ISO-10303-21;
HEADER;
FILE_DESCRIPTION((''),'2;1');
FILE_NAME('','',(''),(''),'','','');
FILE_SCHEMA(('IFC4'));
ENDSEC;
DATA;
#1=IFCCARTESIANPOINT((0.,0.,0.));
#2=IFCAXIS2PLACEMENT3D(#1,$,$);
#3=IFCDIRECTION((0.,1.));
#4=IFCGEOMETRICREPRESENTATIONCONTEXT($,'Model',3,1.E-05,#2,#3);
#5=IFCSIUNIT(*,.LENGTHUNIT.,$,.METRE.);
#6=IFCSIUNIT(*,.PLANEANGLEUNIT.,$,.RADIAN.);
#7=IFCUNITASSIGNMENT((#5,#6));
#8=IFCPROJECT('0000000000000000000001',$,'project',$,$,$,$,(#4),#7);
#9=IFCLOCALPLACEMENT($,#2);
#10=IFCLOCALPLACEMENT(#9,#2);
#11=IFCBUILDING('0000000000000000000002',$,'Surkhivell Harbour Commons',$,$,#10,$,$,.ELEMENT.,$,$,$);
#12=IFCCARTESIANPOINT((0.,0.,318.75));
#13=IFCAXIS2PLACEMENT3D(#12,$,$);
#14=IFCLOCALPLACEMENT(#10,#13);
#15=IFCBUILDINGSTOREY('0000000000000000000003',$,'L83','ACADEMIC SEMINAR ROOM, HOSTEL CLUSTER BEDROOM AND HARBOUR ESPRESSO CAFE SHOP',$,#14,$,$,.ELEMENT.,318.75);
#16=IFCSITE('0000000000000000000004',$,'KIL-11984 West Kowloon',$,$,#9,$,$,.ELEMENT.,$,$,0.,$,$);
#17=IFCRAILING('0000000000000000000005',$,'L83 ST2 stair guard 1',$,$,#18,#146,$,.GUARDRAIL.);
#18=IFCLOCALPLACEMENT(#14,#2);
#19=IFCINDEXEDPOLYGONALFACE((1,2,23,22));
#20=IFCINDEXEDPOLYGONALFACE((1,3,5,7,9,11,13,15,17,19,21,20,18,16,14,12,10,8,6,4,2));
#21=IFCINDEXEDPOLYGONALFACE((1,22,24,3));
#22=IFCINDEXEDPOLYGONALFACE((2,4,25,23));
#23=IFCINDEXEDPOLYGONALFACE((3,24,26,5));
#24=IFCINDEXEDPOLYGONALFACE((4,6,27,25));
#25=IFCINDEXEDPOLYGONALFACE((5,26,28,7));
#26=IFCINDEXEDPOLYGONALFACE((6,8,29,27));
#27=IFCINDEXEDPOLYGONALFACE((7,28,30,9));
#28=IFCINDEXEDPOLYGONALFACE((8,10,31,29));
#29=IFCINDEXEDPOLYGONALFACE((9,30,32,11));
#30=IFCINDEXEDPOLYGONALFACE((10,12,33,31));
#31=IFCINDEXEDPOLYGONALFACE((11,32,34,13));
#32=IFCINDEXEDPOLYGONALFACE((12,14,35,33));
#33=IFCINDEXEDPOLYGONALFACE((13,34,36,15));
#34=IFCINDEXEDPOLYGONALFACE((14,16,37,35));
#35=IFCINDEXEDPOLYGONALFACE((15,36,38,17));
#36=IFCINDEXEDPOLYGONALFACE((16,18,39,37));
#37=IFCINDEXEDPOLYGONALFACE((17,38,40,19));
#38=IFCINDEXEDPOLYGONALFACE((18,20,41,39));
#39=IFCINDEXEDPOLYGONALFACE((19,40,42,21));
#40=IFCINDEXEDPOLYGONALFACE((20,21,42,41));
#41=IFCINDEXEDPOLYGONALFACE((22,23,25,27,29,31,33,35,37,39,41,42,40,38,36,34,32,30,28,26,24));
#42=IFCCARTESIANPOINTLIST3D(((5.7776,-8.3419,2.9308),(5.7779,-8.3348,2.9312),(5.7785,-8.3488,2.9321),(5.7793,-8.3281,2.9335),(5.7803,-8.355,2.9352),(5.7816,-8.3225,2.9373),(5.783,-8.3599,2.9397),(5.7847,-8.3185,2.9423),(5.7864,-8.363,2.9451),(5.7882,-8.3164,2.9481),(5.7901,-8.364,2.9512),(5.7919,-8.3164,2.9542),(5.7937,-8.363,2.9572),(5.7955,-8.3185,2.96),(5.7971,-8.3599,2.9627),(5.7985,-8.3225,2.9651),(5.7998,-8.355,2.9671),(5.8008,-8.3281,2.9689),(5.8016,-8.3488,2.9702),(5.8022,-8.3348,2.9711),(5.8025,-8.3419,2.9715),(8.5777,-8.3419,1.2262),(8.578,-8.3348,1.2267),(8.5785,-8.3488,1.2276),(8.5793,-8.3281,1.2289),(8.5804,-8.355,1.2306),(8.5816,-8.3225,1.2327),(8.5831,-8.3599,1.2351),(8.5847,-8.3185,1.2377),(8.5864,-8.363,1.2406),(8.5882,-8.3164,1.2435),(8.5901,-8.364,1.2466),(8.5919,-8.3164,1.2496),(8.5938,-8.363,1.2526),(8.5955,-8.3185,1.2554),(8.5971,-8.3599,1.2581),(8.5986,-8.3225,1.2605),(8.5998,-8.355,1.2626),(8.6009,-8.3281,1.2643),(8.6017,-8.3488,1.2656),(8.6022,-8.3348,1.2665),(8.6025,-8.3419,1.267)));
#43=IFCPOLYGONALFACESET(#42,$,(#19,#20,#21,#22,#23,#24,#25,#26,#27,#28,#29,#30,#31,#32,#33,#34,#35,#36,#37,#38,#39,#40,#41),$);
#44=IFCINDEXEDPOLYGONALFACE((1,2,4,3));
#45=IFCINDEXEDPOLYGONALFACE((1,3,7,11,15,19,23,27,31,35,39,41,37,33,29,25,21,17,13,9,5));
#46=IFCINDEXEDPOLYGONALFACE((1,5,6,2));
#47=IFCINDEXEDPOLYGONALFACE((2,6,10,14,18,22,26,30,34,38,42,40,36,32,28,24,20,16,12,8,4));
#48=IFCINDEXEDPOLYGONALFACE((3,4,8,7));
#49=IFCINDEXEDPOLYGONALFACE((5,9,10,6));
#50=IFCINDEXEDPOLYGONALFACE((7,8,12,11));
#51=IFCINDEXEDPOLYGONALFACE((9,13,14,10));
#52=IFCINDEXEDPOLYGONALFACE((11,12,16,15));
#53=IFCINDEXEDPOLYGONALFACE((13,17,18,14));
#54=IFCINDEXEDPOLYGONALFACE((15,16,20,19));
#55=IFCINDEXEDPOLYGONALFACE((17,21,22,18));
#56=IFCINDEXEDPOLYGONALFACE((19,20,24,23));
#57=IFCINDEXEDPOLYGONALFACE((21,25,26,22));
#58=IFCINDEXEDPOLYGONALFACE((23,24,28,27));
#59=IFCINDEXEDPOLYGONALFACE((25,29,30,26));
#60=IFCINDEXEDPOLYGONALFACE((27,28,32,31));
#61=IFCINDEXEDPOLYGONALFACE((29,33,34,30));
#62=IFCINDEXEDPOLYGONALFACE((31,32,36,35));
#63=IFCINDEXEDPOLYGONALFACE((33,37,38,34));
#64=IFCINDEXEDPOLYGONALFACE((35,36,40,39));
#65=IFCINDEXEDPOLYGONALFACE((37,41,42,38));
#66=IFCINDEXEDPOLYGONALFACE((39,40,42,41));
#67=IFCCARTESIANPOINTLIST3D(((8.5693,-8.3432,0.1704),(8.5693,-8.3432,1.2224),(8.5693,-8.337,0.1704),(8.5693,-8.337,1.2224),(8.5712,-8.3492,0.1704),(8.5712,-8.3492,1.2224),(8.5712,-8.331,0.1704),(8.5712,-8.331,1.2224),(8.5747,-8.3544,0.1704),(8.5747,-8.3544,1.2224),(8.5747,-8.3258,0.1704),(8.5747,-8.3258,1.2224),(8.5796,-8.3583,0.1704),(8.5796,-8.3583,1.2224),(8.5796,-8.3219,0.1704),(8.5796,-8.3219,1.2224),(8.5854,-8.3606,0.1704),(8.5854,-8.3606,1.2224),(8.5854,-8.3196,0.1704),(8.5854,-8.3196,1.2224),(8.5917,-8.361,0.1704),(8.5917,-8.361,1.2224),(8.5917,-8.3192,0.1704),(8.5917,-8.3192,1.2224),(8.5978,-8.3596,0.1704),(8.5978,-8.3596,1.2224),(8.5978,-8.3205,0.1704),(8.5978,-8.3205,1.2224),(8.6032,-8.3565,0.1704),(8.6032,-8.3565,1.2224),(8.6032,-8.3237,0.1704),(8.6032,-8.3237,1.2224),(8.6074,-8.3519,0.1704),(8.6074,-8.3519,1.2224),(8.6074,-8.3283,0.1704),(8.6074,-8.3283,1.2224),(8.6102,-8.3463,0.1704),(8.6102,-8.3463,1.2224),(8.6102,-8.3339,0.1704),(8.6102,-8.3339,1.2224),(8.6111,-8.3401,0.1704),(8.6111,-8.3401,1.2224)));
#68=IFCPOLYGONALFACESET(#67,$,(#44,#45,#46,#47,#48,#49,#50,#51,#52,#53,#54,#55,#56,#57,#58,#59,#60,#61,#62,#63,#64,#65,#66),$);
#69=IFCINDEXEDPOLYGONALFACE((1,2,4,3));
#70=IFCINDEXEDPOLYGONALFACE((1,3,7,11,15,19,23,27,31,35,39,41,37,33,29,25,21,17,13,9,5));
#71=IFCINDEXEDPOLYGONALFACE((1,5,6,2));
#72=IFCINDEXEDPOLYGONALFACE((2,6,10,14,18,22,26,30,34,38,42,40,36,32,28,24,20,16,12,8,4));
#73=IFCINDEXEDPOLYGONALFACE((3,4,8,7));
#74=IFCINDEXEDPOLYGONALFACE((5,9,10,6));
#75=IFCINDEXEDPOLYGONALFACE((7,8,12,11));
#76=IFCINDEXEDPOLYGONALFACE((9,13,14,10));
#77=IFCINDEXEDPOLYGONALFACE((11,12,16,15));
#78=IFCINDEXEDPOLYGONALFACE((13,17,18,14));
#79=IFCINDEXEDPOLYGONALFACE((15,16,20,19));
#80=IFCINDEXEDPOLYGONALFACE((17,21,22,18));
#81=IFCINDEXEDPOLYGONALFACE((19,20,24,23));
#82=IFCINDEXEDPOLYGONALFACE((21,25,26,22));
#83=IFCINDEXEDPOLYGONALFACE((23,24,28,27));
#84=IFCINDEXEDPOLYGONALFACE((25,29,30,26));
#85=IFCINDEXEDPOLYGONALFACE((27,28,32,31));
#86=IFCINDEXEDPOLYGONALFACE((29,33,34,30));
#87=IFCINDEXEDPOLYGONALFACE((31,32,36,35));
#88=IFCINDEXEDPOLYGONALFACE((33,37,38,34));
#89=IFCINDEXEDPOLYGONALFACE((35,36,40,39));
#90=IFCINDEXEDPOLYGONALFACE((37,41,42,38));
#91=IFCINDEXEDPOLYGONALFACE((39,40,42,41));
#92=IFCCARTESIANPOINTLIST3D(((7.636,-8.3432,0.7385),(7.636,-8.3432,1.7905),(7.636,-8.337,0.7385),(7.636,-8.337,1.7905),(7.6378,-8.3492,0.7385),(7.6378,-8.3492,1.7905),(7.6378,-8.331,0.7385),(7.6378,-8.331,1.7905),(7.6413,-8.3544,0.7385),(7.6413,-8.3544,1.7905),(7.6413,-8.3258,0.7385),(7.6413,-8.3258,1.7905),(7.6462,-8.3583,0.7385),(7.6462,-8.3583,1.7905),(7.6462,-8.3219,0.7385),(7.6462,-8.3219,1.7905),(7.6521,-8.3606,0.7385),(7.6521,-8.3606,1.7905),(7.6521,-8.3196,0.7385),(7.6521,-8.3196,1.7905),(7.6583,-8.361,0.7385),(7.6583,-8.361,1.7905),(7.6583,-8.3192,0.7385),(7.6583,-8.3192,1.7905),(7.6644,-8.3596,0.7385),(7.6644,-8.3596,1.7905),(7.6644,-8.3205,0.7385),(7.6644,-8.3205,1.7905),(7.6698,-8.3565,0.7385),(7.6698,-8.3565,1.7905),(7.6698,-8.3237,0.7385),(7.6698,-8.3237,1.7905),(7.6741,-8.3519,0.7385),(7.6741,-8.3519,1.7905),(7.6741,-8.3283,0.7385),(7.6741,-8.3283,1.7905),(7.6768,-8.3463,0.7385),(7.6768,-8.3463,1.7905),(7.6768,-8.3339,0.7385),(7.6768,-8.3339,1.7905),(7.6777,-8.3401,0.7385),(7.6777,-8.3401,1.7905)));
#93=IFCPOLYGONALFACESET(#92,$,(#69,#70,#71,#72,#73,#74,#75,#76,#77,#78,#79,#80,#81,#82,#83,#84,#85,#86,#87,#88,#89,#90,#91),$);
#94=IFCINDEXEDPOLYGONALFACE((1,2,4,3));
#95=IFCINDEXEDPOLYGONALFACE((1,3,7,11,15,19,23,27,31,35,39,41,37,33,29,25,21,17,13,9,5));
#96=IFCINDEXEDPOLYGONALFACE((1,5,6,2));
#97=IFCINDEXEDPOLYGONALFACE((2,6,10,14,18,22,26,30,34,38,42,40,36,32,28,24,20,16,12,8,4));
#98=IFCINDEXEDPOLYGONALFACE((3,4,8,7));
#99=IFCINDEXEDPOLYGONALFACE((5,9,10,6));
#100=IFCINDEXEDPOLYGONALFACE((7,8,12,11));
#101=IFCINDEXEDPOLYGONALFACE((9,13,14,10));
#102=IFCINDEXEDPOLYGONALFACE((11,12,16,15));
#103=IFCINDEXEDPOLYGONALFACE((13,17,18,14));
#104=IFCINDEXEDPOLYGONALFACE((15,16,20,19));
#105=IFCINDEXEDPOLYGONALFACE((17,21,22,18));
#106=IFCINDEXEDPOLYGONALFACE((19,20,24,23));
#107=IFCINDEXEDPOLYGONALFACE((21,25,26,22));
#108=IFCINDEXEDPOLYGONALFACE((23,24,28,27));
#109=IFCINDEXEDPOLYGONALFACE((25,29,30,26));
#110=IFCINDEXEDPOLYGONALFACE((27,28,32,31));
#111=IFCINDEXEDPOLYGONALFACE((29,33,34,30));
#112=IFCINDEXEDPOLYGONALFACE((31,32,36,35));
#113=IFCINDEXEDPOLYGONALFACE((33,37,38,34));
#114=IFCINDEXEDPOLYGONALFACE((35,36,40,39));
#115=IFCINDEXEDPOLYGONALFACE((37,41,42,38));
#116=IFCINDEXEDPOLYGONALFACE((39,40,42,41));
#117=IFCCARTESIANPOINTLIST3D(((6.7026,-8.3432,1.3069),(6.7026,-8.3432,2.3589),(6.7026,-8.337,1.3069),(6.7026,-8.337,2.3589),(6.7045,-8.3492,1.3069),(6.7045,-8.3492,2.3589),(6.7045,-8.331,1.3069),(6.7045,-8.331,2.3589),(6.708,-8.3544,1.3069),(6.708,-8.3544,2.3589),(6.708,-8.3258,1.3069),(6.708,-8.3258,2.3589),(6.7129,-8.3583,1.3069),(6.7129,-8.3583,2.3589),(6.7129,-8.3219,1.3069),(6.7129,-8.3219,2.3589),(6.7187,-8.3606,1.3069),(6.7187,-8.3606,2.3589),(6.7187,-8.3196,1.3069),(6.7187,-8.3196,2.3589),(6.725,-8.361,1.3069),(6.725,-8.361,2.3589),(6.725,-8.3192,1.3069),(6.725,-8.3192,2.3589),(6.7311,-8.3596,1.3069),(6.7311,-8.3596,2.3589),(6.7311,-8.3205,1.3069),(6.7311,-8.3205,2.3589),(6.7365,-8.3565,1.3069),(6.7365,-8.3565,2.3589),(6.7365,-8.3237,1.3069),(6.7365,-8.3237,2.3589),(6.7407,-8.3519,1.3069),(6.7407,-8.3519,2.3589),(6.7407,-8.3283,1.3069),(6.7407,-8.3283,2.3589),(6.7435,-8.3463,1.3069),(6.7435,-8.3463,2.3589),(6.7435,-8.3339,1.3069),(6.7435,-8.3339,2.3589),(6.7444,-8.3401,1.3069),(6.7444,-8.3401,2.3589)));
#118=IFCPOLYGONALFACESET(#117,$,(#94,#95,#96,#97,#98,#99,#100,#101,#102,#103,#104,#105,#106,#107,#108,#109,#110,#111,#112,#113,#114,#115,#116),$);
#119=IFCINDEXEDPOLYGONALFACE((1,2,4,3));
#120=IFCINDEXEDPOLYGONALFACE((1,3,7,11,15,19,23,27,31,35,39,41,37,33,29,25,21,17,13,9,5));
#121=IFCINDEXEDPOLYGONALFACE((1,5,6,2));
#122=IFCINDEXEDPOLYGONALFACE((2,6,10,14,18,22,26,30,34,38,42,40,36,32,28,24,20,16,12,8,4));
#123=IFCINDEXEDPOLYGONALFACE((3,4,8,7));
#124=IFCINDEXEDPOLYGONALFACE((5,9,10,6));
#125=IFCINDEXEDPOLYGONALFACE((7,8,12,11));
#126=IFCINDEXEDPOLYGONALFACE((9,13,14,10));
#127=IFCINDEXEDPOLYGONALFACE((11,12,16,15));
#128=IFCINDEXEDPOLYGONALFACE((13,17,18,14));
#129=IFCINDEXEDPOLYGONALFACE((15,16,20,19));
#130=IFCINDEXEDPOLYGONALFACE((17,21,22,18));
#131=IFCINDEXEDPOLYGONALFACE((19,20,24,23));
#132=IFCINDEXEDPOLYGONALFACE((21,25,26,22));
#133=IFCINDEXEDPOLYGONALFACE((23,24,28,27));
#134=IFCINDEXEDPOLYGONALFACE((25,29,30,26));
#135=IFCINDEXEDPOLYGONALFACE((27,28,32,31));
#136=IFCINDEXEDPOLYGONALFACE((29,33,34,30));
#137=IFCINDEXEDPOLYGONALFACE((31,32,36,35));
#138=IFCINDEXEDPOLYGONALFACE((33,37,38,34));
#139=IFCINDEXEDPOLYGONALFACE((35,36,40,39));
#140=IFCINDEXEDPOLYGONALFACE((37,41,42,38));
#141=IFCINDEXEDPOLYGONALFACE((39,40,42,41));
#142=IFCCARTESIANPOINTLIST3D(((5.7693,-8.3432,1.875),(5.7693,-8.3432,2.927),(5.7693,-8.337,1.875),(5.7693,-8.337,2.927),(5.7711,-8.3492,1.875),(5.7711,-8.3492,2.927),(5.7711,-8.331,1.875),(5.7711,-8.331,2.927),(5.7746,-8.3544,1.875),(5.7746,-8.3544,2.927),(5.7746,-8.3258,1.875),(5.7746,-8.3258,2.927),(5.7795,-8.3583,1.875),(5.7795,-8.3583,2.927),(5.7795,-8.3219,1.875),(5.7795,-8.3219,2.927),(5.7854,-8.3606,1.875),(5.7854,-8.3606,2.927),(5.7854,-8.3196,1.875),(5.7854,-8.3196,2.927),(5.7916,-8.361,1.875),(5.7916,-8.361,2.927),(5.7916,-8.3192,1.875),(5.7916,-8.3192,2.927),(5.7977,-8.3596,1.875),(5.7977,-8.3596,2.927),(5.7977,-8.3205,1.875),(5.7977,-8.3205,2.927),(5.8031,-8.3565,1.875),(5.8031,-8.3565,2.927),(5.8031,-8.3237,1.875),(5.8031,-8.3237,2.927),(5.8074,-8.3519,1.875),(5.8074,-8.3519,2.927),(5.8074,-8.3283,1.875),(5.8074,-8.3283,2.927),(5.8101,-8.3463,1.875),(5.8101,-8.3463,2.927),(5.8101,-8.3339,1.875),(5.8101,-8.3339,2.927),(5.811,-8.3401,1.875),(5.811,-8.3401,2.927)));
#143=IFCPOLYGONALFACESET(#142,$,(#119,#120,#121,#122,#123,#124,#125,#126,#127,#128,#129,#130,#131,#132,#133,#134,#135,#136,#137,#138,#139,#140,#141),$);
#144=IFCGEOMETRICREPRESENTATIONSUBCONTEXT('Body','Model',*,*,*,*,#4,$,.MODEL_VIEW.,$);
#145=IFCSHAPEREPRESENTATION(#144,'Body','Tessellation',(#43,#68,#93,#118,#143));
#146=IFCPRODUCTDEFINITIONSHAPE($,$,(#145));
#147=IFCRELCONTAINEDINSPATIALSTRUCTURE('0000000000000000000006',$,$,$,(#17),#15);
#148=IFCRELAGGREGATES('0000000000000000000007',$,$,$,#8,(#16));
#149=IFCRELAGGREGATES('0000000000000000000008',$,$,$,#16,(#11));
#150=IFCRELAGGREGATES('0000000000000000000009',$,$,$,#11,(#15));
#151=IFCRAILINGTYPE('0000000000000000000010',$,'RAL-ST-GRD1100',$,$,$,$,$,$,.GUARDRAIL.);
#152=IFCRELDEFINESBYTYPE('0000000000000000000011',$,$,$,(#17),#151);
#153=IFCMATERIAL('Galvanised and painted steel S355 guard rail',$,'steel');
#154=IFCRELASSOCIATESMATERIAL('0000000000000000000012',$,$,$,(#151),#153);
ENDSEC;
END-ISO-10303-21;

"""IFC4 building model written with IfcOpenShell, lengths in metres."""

from ifc_helpers import new_model, si_unit, direction, frame, origin, origin_2d, place, context, subcontext, project, spatial, circle, extrude, material, type_object, element, save


model = new_model("IFC4")

# Units and contexts
model_context = context("Model", 3, precision=1e-05, world=origin(), true_north=direction((0.0, 1.0)))
body_context = subcontext(model_context, "Body", "Model", "MODEL_VIEW")
ifc_project = project(units=[si_unit("LENGTHUNIT", "METRE"), si_unit("PLANEANGLEUNIT", "RADIAN")], contexts=[model_context])

# Site, building, storey
site_placement = place(None, origin())
site = spatial("IfcSite", under=ifc_project, at=site_placement, Name="KIL-11984 West Kowloon", CompositionType="ELEMENT", RefElevation=0.0)
building_placement = place(site_placement, origin())
building = spatial("IfcBuilding", under=site, at=building_placement, Name="Surkhivell Harbour Commons", CompositionType="ELEMENT")
storey_placement = place(building_placement, frame((0.0, 0.0, 318.75)))
storey = spatial("IfcBuildingStorey", under=building, at=storey_placement, Name="L83", Description="ACADEMIC SEMINAR ROOM, HOSTEL CLUSTER BEDROOM AND HARBOUR ESPRESSO CAFE SHOP", CompositionType="ELEMENT", Elevation=318.75)

# Railing
ifc_material_1 = material(Name="Galvanised and painted steel S355 guard rail", Category="steel")
railing_type_1 = type_object("IfcRailingType", Name="RAL-ST-GRD1100", PredefinedType="GUARDRAIL", material=ifc_material_1)
railing_1_placement = place(storey_placement, frame((8.5901, -8.3401, 0.1704)))
element("IfcRailing", 1, at=railing_1_placement, inside=storey, type_object=railing_type_1, Name="L83 ST2 stair guard 1", PredefinedType="GUARDRAIL", context=body_context, shape_type="SweptSolid", body=[
    extrude(circle(Radius=0.0239, at=origin_2d()), frame((0.0, 0.0, 1.0762), z_axis=(-0.85417, 0.0, 0.519994), x_axis=(0.0, -1.0, 0.0)), (0.0, 0.0, 1.0), 3.2781),
    extrude(circle(Radius=0.021, at=origin_2d()), origin(), (0.0, 0.0, 1.0), 1.052),
    extrude(circle(Radius=0.021, at=origin_2d()), frame((-0.9333, 0.0, 0.5681)), (0.0, 0.0, 1.0), 1.052),
    extrude(circle(Radius=0.021, at=origin_2d()), frame((-1.8667, 0.0, 1.1365)), (0.0, 0.0, 1.0), 1.052),
    extrude(circle(Radius=0.021, at=origin_2d()), frame((-2.8, 0.0, 1.7046)), (0.0, 0.0, 1.0), 1.052),
])

save(model, "model.ifc")
